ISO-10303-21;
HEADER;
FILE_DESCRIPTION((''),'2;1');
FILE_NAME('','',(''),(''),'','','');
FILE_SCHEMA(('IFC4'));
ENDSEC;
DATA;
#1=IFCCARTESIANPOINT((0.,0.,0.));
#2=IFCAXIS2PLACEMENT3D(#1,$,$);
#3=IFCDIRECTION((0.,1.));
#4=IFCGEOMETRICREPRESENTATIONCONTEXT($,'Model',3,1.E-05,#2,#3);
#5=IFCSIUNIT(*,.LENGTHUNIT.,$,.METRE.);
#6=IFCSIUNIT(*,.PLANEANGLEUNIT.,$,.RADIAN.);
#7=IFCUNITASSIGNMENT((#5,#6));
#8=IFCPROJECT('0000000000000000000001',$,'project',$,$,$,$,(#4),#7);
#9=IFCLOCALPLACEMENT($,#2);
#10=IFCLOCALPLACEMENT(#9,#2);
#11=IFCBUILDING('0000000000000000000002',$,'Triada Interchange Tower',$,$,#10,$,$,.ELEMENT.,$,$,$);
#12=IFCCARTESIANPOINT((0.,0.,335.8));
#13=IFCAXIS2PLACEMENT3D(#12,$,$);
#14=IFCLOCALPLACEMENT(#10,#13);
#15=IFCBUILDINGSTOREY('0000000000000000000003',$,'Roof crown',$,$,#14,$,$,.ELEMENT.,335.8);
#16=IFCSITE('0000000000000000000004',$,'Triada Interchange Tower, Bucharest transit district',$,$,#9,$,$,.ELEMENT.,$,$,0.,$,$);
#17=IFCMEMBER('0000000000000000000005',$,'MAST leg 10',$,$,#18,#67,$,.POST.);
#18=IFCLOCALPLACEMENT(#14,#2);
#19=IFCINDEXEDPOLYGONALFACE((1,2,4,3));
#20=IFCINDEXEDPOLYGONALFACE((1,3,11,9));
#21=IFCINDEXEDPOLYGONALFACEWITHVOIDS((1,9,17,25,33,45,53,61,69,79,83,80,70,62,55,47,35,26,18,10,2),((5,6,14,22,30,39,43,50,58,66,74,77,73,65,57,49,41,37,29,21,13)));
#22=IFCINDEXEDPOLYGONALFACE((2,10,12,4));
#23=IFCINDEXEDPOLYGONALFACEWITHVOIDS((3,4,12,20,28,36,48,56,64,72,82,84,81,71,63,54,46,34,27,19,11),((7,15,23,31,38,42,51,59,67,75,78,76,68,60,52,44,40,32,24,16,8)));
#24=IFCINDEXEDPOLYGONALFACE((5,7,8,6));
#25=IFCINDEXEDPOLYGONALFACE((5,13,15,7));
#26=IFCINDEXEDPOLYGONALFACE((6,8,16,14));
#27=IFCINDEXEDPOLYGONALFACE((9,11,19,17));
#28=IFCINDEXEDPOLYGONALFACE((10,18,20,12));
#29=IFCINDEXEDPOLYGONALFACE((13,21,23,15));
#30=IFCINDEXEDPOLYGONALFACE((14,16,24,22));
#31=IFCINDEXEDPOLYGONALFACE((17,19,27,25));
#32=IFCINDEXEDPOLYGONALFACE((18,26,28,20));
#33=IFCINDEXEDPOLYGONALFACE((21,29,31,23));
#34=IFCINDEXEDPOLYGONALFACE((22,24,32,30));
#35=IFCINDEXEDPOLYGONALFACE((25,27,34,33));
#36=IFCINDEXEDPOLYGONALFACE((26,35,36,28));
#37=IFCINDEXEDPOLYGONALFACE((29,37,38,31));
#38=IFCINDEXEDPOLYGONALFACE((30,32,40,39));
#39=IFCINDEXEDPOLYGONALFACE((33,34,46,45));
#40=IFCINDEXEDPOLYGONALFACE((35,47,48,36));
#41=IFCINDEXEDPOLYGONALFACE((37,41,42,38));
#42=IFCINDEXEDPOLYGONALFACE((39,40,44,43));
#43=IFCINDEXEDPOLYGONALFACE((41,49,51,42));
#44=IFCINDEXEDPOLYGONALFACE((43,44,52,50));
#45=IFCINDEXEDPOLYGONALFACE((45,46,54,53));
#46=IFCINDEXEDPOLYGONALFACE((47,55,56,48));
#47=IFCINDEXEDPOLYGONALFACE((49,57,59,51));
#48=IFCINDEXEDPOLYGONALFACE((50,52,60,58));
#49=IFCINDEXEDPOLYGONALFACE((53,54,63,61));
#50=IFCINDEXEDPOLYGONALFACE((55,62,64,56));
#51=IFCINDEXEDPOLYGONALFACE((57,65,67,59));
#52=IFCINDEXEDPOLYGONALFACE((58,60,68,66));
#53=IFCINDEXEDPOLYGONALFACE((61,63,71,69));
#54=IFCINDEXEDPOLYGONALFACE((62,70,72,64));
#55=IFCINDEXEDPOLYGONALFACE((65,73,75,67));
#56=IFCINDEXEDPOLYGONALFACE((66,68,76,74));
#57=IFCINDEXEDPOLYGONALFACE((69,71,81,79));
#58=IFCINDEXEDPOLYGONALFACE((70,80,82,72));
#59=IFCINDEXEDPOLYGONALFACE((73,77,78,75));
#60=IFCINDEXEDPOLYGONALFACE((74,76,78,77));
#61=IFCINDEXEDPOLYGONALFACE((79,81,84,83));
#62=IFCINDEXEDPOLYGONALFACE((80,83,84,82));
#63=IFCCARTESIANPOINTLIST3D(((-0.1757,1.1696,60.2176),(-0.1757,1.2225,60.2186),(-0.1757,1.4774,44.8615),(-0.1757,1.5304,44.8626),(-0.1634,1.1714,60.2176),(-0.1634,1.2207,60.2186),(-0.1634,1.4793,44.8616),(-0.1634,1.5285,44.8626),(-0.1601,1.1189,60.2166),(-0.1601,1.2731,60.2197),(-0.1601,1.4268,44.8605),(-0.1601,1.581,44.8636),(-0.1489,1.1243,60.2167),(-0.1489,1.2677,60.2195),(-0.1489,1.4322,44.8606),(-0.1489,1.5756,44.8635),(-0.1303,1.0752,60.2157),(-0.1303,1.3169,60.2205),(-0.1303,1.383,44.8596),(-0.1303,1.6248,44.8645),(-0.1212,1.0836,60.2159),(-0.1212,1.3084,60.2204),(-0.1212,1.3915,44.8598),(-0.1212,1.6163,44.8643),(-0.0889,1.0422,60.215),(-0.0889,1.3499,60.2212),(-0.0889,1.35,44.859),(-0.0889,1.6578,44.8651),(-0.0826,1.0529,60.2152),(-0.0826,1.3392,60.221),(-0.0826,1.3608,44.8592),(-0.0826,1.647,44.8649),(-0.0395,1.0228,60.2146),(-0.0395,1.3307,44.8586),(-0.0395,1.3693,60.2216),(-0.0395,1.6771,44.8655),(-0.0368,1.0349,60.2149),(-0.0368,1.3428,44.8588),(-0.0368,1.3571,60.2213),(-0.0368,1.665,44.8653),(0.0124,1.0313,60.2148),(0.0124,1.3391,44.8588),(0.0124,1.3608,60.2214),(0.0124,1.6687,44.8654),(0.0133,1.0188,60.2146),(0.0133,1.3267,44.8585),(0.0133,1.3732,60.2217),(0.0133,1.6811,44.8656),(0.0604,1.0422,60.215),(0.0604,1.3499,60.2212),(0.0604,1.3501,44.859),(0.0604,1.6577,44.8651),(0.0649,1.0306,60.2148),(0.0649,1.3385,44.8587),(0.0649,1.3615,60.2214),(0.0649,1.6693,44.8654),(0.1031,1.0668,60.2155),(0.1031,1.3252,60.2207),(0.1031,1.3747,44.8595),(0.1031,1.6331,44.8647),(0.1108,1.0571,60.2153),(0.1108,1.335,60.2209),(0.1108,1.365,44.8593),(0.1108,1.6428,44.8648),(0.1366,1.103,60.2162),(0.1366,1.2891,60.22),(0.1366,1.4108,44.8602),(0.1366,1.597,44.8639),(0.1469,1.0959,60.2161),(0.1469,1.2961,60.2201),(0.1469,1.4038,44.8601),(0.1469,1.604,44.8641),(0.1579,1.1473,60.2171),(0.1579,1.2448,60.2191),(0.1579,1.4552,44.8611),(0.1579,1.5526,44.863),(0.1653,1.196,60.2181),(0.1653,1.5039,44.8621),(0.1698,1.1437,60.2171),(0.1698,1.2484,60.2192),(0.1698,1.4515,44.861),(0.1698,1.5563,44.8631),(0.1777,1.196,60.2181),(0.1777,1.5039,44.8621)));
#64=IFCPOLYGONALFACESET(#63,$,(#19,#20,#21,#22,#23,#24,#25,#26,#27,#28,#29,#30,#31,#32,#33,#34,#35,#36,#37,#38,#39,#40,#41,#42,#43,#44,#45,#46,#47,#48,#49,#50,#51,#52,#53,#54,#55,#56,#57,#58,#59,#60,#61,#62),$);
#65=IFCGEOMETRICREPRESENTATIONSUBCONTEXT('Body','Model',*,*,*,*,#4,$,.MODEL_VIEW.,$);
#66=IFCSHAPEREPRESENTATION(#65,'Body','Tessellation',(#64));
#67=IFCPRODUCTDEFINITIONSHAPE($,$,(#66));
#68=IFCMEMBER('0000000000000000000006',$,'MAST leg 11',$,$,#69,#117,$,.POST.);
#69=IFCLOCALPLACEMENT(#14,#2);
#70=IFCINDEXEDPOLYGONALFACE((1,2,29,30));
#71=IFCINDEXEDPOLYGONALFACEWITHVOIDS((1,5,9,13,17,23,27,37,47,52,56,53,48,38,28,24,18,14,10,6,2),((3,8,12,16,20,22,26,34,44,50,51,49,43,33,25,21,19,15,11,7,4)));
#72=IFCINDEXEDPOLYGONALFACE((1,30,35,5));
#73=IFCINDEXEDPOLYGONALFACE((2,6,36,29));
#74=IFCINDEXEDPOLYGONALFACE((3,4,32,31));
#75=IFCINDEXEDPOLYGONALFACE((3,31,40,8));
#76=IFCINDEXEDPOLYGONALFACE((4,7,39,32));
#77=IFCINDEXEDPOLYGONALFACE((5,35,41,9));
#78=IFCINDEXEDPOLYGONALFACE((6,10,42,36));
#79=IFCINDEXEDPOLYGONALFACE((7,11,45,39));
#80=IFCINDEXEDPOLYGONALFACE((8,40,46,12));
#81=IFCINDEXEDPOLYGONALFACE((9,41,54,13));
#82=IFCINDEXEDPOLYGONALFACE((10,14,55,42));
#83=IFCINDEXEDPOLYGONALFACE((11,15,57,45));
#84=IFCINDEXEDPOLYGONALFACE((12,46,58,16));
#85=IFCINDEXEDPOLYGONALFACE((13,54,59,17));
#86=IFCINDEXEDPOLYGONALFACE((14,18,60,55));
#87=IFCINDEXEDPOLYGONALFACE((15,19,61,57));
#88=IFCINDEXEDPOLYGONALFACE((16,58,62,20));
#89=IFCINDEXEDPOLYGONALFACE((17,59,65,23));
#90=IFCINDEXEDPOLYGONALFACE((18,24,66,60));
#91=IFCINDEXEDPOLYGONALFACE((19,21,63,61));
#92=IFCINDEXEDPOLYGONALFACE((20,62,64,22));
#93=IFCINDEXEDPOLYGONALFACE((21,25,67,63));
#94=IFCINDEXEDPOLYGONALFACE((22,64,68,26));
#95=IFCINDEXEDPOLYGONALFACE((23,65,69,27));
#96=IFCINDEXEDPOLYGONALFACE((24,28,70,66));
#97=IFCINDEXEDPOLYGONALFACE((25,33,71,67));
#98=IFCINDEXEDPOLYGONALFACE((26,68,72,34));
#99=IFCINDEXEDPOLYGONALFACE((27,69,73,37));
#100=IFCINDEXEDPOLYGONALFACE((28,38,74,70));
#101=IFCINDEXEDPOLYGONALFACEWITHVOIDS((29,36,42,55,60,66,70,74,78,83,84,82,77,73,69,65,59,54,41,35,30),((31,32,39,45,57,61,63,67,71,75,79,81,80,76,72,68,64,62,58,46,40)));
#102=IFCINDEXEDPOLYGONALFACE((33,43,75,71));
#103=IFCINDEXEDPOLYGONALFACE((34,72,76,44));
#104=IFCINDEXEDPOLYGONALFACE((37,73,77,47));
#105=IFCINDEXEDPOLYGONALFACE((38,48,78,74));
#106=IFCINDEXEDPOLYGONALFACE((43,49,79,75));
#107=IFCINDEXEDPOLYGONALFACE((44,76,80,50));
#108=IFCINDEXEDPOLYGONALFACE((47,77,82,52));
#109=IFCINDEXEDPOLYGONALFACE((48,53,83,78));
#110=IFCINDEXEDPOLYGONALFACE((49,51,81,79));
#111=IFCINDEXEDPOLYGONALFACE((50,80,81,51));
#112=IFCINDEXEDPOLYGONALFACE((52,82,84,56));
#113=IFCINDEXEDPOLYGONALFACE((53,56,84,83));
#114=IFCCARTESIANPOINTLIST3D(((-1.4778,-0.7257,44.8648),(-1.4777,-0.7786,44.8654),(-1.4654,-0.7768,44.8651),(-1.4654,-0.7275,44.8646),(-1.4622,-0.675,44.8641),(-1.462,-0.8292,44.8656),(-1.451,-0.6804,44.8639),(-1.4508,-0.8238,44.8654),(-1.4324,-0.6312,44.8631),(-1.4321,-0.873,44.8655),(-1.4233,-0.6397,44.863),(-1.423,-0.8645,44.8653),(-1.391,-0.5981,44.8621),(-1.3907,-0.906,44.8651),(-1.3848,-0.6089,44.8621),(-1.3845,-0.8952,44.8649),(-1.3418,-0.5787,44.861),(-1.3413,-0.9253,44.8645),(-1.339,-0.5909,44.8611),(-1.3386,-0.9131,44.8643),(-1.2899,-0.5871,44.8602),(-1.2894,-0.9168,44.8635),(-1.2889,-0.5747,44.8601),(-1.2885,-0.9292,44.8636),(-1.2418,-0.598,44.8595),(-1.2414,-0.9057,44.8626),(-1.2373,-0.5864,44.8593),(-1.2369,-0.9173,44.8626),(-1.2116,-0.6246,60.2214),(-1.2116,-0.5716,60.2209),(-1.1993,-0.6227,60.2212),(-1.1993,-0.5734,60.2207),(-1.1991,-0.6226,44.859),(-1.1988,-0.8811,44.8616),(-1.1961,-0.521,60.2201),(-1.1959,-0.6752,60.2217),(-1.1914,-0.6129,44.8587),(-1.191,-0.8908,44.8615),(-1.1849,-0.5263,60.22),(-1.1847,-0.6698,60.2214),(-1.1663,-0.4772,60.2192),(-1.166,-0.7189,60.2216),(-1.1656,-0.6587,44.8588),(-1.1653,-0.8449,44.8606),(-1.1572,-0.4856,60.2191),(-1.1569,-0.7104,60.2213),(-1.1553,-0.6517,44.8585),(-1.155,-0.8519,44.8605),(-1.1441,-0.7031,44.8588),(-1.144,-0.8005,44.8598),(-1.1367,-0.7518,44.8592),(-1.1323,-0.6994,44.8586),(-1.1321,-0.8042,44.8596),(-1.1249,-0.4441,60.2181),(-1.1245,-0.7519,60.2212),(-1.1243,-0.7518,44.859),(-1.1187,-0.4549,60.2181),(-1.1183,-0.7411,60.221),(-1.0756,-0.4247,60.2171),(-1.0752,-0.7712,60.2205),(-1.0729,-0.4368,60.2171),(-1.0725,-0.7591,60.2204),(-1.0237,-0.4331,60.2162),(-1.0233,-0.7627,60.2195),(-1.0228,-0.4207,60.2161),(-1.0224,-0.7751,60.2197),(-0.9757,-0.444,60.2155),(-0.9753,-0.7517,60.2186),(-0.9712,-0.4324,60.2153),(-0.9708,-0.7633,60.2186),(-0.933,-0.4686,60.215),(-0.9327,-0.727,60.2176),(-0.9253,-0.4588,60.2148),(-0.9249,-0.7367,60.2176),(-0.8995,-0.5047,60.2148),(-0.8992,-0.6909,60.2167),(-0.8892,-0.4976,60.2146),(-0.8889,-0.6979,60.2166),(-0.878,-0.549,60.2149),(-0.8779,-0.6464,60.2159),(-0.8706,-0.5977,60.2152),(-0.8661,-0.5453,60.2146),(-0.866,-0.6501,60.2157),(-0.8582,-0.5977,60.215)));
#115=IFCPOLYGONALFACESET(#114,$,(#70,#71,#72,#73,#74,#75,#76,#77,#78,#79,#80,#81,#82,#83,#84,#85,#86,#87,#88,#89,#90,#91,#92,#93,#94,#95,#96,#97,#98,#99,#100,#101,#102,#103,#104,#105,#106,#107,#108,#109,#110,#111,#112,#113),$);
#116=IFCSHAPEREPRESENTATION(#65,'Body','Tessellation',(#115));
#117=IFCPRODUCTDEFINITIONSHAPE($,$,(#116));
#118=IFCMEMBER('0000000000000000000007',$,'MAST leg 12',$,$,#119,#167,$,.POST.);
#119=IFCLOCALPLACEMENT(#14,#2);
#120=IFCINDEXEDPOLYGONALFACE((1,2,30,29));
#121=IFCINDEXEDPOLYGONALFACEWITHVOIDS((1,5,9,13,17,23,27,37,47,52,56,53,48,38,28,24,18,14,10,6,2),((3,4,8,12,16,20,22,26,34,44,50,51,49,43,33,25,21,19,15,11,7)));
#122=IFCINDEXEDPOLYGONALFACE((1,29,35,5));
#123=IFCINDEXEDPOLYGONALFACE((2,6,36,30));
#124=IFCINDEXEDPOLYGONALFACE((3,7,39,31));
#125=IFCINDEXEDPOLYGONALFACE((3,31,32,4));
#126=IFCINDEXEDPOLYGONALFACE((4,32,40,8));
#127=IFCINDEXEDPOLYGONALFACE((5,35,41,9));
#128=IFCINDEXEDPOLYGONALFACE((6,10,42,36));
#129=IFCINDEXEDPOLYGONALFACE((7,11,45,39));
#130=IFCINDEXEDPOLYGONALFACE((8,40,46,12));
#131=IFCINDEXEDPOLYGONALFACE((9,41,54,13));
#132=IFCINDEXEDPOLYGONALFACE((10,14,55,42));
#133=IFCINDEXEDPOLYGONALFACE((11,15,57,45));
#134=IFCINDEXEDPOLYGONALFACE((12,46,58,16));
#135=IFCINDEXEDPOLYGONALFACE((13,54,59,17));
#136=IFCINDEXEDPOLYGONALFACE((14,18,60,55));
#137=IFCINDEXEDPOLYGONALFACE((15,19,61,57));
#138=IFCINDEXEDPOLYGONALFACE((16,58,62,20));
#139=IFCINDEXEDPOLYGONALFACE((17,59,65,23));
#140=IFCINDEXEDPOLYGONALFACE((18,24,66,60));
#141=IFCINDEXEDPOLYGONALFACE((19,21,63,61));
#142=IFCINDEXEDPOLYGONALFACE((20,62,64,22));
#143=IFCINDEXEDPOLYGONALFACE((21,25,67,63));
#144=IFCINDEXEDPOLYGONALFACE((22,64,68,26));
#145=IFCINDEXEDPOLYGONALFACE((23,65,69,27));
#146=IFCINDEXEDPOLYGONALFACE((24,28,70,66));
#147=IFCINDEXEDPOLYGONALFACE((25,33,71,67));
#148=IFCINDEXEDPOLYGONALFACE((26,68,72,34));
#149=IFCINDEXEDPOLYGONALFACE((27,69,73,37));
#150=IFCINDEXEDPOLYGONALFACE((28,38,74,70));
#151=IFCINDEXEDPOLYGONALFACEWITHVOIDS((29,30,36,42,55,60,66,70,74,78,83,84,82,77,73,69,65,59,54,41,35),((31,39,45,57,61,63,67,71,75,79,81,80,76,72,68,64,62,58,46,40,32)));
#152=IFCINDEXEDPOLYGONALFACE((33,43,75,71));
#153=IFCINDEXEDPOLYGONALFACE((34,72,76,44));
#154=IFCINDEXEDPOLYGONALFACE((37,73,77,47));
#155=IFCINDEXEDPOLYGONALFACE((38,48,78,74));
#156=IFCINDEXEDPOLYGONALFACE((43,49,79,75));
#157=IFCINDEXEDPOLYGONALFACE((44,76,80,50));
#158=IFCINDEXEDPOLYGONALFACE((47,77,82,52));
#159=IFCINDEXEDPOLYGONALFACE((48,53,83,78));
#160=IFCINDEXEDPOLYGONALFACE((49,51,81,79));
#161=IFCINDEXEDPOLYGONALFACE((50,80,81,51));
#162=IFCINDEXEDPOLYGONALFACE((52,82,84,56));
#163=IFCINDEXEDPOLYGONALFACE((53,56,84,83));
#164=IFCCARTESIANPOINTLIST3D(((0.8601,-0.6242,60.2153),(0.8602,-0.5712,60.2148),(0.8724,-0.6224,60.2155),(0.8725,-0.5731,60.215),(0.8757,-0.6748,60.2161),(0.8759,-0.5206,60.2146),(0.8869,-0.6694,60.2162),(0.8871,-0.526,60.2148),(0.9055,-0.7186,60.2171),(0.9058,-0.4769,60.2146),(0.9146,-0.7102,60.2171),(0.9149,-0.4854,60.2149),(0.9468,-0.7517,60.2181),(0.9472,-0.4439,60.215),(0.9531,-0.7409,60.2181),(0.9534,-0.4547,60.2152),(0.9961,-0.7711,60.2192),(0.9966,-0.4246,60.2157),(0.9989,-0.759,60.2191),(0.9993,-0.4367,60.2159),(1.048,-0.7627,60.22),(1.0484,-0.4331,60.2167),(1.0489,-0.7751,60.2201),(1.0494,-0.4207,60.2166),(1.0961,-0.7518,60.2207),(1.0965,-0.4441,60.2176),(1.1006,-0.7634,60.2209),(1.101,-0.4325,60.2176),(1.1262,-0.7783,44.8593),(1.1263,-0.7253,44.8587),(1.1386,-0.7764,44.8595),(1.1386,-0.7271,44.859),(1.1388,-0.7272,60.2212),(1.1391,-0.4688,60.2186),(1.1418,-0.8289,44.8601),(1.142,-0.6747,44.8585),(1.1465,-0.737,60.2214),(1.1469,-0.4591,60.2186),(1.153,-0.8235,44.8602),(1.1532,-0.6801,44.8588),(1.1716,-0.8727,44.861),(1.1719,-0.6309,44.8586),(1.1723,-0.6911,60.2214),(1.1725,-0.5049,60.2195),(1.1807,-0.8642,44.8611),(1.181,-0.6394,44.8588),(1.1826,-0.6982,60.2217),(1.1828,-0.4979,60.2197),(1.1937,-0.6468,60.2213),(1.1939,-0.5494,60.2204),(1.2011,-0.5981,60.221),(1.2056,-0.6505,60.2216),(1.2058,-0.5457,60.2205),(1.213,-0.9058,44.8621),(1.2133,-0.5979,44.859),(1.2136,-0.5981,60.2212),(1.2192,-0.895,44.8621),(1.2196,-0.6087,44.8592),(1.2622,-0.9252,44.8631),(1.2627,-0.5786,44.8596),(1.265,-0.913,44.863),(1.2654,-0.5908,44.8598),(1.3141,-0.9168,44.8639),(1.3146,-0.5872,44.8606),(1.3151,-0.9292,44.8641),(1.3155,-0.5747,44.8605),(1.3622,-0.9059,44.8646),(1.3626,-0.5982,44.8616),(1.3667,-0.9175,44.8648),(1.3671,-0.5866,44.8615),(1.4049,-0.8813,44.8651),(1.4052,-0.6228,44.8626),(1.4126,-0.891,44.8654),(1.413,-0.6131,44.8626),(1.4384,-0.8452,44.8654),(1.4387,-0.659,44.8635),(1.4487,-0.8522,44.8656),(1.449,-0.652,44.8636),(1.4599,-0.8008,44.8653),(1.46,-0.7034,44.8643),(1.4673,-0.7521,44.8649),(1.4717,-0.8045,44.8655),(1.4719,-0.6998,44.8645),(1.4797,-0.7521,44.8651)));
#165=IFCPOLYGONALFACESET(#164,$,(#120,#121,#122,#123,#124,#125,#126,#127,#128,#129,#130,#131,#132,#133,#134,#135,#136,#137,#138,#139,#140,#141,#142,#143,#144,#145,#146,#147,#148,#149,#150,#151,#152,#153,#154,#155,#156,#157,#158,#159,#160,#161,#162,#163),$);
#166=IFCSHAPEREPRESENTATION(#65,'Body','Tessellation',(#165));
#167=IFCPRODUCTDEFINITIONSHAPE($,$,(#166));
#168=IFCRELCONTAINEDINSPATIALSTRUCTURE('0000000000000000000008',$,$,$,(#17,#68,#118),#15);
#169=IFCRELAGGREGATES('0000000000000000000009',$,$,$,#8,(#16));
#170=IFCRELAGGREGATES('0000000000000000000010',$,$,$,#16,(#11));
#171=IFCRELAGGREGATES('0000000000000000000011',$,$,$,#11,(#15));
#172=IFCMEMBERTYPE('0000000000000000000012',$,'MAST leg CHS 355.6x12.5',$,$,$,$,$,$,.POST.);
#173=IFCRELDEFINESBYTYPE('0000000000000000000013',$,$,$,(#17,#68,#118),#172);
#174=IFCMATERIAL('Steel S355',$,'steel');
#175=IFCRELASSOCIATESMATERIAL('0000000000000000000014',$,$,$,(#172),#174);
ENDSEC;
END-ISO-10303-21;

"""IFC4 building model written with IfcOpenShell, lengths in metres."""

from ifc_helpers import new_model, si_unit, direction, frame, origin, origin_2d, place, context, subcontext, project, spatial, hollow_circle, extrude, material, material_profile, profile_set, type_object, element, save


model = new_model("IFC4")

# Units and contexts
model_context = context("Model", 3, precision=1e-05, world=origin(), true_north=direction((0.0, 1.0)))
body_context = subcontext(model_context, "Body", "Model", "MODEL_VIEW")
ifc_project = project(units=[si_unit("LENGTHUNIT", "METRE"), si_unit("PLANEANGLEUNIT", "RADIAN")], contexts=[model_context])

# Site, building, storey
site_placement = place(None, origin())
site = spatial("IfcSite", under=ifc_project, at=site_placement, Name="Triada Interchange Tower, Bucharest transit district", CompositionType="ELEMENT", RefElevation=0.0)
building_placement = place(site_placement, origin())
building = spatial("IfcBuilding", under=site, at=building_placement, Name="Triada Interchange Tower", CompositionType="ELEMENT")
storey_placement = place(building_placement, frame((0.0, 0.0, 335.8)))
storey = spatial("IfcBuildingStorey", under=building, at=storey_placement, Name="Roof crown", CompositionType="ELEMENT", Elevation=335.8)

# Members
ifc_material = material(Name="Steel S355", Category="steel")
ifc_material_profile_1 = material_profile(ifc_material, hollow_circle(Radius=0.1777, WallThickness=0.0125, at=origin_2d()), Name="CHS 355.6x12.5")
ifc_profile_set_1 = profile_set([ifc_material_profile_1], Name="Steel S355")
member_type_1 = type_object("IfcMemberType", Name="MAST leg CHS 355.6x12.5", PredefinedType="POST", material=ifc_profile_set_1)
for number, where, z_axis, x_axis, name in (
    (1, (0.0, 1.5039, 44.8621), (0.0, -0.020044, 0.999799), (1.0, 0.0, 0.0), "MAST leg 10"),
    (2, (-1.302, -0.752, 44.8621), (0.017326, 0.01003, 0.9998), (-0.501005, 0.865444, 0.0), "MAST leg 11"),
    (3, (1.302, -0.752, 44.8621), (-0.017326, 0.01003, 0.9998), (-0.501005, -0.865444, 0.0), "MAST leg 12"),
):
    element("IfcMember", number, at=place(storey_placement, frame(where, z_axis=z_axis, x_axis=x_axis)), inside=storey, type_object=member_type_1, Name=name, PredefinedType="POST", context=body_context, shape_type="SweptSolid", body=[
        extrude(hollow_circle(Radius=0.1777, WallThickness=0.0125, at=origin_2d()), origin(), (0.0, 0.0, 1.0), 15.3591),
    ])

save(model, "model.ifc")
